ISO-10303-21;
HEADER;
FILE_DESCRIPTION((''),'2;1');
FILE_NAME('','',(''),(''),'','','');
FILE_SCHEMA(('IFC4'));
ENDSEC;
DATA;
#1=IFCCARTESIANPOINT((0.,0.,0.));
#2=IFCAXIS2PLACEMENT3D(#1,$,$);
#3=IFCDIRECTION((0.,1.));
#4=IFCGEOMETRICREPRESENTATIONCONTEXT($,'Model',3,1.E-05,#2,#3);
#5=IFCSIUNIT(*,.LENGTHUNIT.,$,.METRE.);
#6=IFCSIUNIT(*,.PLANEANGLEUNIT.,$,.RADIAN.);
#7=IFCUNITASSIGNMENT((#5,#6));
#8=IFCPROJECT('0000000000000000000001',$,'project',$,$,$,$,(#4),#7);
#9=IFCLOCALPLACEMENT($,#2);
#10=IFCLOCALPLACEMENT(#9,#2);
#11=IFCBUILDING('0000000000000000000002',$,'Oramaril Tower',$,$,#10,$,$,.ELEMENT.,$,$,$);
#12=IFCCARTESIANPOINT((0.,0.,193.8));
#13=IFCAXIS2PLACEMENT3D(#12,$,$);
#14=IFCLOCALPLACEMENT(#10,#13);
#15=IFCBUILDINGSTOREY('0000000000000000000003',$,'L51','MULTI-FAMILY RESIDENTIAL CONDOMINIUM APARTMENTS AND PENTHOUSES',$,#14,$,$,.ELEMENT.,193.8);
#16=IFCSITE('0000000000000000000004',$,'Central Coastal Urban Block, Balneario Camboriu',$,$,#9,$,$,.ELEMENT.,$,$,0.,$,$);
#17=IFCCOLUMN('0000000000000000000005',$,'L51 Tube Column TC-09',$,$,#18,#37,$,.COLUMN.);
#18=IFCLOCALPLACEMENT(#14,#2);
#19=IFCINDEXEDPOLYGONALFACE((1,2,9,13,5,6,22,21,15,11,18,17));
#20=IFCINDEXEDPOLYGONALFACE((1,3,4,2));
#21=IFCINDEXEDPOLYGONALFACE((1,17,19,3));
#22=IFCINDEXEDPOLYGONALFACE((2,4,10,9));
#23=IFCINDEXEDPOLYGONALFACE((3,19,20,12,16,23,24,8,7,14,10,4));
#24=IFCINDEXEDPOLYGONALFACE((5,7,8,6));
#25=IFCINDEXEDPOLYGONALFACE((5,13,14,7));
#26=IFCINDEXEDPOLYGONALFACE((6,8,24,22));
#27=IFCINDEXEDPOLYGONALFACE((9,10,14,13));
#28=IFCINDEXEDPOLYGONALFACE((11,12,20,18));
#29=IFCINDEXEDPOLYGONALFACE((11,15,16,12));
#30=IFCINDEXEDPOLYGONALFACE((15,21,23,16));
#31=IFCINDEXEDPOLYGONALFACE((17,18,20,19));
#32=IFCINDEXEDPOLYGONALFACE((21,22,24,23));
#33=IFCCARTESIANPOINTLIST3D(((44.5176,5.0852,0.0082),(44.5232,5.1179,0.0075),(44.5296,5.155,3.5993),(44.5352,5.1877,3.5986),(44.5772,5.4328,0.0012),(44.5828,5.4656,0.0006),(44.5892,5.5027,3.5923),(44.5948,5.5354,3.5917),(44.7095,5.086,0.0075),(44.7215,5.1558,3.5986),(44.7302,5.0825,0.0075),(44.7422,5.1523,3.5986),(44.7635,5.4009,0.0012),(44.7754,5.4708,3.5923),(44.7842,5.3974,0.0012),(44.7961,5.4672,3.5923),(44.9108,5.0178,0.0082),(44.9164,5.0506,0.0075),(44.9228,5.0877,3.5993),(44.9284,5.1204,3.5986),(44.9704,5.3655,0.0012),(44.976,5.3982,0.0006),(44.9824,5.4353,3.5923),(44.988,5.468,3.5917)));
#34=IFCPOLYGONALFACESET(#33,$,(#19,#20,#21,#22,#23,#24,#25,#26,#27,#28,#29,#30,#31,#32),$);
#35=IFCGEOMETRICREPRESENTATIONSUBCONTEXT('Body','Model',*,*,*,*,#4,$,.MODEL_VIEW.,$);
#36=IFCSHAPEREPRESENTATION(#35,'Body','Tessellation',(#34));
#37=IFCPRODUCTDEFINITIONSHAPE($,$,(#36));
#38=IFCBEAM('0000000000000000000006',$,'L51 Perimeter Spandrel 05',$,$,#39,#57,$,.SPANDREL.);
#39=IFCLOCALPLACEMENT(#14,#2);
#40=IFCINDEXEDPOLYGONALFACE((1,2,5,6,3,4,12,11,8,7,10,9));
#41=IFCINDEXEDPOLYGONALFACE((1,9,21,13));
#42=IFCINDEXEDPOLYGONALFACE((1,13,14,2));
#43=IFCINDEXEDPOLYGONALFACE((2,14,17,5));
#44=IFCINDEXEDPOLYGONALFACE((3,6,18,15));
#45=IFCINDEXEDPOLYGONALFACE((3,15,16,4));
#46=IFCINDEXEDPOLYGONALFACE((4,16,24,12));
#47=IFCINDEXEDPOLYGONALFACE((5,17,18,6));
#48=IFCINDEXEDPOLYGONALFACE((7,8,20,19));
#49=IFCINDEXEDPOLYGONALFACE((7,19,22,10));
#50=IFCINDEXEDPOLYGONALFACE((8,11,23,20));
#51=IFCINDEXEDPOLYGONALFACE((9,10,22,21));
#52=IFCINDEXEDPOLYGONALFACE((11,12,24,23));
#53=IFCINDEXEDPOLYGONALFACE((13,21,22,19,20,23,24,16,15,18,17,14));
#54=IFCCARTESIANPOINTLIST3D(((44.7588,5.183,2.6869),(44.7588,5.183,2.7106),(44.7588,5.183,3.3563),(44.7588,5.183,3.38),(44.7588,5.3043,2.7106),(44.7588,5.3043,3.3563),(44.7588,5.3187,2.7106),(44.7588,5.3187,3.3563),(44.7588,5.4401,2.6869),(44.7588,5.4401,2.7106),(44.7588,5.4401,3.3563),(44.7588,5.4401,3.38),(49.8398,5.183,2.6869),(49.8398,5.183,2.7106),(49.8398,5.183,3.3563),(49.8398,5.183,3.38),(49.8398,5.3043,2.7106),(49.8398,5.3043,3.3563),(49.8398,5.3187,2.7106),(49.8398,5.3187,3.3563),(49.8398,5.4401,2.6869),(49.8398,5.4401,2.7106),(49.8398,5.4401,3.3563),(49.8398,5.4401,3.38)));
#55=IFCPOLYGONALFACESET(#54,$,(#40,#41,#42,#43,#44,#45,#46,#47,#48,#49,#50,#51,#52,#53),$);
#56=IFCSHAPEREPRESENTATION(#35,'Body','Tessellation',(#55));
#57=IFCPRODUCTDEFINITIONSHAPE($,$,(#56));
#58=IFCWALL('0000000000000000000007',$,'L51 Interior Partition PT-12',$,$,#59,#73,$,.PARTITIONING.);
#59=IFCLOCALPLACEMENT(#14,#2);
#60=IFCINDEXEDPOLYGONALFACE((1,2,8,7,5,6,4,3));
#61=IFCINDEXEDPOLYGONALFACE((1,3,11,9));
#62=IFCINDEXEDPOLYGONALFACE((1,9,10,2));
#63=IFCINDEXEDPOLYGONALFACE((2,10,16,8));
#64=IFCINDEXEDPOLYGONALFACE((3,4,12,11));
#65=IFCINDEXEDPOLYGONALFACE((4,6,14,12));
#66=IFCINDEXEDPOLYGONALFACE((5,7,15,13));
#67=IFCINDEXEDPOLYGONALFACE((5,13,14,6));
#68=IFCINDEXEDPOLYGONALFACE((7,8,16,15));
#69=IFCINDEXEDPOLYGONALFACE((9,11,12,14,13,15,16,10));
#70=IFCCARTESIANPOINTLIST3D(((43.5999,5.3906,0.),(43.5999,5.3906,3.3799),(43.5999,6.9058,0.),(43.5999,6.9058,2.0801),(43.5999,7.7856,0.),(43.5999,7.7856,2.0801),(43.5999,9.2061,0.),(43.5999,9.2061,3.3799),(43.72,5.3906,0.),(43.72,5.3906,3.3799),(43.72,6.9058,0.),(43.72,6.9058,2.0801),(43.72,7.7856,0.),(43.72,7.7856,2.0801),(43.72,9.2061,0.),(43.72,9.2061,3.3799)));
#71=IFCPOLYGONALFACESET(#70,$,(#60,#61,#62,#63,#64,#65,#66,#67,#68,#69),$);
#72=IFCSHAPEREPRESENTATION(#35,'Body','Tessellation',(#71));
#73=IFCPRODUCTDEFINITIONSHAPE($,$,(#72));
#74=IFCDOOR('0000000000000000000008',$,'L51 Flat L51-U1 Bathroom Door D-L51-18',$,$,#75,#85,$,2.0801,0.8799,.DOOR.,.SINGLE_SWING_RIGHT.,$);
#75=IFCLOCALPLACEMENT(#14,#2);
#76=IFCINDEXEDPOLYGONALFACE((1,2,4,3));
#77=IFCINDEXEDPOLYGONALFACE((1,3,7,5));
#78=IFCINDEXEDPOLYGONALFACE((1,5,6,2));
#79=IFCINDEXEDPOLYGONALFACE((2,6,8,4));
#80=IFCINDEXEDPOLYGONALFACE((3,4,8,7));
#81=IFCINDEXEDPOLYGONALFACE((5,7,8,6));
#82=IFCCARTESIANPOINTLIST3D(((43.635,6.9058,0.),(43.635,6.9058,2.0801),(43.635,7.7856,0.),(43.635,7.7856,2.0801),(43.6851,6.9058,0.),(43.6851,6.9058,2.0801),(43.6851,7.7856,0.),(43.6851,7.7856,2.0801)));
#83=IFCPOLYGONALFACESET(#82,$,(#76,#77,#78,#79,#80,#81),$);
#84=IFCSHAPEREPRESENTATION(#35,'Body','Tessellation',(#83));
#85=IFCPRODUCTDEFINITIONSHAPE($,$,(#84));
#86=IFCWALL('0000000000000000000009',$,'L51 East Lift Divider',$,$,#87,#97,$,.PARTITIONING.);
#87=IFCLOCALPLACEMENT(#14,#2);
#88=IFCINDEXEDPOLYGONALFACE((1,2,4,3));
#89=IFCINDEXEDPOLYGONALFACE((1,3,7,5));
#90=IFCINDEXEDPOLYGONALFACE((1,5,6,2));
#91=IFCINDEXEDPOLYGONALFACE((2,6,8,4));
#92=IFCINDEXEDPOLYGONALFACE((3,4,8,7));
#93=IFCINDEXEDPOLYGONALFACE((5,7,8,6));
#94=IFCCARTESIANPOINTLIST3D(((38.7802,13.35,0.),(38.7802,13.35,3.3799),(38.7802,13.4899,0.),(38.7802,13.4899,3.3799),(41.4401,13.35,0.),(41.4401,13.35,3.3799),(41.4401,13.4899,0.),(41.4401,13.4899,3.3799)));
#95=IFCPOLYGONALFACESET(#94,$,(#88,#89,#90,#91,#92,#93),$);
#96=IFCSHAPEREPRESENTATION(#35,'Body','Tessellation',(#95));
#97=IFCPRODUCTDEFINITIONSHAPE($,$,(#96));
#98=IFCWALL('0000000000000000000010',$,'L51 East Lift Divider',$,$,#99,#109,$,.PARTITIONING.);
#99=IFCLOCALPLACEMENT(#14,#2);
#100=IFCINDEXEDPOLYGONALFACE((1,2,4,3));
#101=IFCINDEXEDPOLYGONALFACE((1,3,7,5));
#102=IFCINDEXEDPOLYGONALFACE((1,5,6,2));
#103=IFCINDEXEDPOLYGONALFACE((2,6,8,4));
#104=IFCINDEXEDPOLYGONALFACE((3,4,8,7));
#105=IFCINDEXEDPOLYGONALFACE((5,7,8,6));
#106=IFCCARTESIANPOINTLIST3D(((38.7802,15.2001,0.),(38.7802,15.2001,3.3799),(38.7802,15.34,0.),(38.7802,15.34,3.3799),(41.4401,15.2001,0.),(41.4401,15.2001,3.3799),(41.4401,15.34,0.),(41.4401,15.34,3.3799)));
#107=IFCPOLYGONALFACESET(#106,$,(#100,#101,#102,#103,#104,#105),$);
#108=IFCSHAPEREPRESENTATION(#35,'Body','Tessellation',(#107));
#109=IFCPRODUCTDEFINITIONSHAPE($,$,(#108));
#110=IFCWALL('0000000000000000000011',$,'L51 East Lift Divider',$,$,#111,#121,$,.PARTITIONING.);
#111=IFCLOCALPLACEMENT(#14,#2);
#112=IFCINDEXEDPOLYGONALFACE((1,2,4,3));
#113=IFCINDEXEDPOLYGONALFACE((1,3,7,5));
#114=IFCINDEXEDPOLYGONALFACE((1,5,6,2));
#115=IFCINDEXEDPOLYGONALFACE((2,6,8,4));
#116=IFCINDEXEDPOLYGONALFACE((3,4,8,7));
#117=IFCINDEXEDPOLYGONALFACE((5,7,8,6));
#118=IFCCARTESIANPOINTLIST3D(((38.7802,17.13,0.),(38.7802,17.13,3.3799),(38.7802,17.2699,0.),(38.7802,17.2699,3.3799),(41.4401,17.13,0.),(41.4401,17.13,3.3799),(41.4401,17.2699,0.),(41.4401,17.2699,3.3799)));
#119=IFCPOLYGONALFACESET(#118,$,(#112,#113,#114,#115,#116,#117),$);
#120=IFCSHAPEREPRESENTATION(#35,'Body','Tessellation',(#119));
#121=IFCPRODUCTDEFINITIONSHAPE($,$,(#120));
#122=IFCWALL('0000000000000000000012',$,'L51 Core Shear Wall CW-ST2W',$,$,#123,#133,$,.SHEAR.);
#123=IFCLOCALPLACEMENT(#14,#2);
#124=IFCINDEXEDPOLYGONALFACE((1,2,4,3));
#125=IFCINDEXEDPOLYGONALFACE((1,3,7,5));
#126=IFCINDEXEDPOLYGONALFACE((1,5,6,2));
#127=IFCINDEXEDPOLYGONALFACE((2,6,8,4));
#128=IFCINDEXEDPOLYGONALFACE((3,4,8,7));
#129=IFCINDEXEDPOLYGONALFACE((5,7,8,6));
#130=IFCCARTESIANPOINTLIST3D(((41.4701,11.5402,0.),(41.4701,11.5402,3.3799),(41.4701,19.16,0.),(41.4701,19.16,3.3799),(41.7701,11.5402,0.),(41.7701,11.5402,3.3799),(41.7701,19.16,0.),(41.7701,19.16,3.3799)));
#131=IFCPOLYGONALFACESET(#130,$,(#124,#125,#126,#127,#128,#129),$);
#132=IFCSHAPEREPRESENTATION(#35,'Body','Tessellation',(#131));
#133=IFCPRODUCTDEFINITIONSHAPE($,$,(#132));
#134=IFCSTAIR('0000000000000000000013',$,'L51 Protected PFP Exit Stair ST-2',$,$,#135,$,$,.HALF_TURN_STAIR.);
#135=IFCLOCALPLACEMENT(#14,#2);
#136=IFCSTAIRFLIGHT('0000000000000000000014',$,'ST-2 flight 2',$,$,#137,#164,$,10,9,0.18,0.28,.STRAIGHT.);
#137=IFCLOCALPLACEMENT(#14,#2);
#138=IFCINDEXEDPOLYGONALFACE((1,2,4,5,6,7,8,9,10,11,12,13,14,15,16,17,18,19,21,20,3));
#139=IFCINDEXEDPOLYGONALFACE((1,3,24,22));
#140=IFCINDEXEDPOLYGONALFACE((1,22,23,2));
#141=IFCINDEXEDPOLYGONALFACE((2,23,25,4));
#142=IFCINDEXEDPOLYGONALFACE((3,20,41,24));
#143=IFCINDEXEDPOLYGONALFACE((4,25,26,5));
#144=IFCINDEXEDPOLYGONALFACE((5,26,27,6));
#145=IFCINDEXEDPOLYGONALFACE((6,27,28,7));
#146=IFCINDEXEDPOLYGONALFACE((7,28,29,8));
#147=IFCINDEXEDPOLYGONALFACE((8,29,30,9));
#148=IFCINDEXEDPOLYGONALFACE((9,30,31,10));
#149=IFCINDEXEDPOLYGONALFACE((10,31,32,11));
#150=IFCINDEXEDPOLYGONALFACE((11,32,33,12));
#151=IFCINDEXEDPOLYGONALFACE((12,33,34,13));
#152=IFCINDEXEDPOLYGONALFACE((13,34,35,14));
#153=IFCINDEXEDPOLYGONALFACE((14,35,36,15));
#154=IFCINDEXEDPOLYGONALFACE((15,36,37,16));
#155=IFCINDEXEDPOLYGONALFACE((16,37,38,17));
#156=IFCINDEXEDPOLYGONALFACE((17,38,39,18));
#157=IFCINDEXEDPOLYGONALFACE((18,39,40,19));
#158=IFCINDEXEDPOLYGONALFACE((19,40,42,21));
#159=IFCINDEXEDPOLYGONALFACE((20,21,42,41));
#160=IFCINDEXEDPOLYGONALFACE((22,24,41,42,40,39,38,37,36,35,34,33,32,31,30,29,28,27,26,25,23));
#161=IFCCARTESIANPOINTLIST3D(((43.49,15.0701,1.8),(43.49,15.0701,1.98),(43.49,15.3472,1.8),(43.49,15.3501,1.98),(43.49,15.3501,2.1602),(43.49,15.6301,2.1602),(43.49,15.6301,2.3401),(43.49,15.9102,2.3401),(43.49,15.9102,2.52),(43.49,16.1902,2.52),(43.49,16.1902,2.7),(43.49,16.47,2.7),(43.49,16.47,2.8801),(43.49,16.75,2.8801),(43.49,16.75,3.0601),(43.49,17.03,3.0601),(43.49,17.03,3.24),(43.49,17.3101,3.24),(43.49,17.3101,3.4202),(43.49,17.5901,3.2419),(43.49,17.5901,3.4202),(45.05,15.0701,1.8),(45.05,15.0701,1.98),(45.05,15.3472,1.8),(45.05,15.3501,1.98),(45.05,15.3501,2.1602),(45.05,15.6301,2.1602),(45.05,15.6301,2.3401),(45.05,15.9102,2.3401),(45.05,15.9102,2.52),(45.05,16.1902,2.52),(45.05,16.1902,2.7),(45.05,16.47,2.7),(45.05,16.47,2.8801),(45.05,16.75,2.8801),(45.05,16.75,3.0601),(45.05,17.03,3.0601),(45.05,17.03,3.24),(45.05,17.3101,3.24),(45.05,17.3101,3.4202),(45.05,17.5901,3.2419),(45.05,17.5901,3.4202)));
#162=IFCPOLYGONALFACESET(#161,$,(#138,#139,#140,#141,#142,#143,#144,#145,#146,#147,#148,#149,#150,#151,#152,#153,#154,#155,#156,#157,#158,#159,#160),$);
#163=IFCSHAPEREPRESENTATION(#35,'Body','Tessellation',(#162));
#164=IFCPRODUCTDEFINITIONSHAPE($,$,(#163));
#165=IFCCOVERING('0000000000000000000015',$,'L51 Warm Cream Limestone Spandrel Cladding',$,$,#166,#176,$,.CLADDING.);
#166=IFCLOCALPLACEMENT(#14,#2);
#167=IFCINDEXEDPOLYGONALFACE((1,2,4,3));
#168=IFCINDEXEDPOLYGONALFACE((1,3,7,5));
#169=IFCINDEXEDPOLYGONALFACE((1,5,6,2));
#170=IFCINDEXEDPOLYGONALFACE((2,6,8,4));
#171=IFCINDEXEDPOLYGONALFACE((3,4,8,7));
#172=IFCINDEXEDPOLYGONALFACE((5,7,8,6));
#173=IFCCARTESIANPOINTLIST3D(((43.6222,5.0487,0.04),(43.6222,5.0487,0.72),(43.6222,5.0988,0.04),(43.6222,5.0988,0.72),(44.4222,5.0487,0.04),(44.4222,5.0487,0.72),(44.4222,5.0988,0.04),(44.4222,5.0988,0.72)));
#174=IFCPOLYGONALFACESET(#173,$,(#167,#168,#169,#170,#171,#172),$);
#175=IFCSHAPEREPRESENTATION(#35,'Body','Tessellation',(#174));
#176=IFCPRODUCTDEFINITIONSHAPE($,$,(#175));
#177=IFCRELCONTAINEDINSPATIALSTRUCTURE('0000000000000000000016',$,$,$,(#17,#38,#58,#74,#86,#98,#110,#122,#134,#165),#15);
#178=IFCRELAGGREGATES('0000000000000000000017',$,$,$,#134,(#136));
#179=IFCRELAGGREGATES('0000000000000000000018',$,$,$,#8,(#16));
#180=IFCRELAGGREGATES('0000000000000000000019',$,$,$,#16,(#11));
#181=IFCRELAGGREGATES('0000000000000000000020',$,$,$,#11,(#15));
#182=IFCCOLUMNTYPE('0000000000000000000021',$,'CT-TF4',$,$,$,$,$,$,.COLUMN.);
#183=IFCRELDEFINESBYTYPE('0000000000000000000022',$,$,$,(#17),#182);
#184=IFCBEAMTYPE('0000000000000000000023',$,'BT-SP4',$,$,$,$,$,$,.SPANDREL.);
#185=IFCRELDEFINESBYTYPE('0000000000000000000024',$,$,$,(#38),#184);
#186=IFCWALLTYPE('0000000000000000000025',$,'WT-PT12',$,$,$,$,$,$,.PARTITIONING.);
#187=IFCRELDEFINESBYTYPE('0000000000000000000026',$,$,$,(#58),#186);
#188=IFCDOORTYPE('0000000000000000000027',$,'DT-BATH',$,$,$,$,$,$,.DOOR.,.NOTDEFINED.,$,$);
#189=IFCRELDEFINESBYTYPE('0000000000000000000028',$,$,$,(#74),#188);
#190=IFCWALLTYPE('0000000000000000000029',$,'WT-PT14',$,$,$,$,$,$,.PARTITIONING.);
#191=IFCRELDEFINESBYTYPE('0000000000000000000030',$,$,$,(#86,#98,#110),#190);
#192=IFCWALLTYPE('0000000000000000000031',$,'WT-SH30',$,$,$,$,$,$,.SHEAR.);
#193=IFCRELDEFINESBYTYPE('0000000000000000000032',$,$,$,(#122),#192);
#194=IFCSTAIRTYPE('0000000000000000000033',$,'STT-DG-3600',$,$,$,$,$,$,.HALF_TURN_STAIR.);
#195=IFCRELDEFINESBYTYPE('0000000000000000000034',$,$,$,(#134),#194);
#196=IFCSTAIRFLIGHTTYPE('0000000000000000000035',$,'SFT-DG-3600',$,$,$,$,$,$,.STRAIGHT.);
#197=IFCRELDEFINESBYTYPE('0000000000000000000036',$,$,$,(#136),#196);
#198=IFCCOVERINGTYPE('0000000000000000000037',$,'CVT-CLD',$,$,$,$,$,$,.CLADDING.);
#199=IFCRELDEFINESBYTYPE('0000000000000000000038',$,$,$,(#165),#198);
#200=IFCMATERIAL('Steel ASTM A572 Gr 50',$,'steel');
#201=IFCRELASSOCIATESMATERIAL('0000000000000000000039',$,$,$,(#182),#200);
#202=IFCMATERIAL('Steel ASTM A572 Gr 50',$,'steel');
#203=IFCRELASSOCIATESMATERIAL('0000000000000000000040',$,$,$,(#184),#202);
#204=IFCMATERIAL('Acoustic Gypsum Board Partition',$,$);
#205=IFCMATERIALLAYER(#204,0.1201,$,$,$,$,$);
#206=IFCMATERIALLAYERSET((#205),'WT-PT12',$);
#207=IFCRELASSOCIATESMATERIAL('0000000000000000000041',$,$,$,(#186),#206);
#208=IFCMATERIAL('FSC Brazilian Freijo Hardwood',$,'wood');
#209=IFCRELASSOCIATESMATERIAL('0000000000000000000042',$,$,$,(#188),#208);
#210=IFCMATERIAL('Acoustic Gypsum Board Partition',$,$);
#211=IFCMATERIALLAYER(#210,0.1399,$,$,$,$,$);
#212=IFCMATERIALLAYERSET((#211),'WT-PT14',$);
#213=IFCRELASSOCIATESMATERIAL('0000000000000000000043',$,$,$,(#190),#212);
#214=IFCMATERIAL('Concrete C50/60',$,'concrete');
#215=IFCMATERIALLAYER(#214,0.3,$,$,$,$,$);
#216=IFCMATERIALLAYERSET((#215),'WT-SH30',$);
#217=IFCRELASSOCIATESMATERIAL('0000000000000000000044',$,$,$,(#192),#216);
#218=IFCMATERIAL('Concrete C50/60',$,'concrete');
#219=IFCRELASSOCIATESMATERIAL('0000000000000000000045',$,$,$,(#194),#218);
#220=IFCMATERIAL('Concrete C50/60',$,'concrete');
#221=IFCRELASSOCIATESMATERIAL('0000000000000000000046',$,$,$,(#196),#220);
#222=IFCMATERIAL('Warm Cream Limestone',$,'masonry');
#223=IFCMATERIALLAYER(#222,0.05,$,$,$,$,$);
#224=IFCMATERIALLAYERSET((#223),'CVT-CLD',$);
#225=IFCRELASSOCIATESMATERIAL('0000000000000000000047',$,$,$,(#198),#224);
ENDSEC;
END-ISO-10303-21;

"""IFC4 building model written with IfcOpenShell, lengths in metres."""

from ifc_helpers import new_model, si_unit, direction, frame, frame_2d, origin, origin_2d, place, context, subcontext, project, spatial, polyline, rectangle, i_section, outline, extrude, material, layer, layer_set, material_profile, profile_set, type_object, element, fill, aggregate, save


model = new_model("IFC4")

# Units and contexts
model_context = context("Model", 3, precision=1e-05, world=origin(), true_north=direction((0.0, 1.0)))
body_context = subcontext(model_context, "Body", "Model", "MODEL_VIEW")
ifc_project = project(units=[si_unit("LENGTHUNIT", "METRE"), si_unit("PLANEANGLEUNIT", "RADIAN")], contexts=[model_context])

# Site, building, storey
site_placement = place(None, origin())
site = spatial("IfcSite", under=ifc_project, at=site_placement, Name="Central Coastal Urban Block, Balneario Camboriu", CompositionType="ELEMENT", RefElevation=0.0)
building_placement = place(site_placement, origin())
building = spatial("IfcBuilding", under=site, at=building_placement, Name="Oramaril Tower", CompositionType="ELEMENT")
storey_placement = place(building_placement, frame((0.0, 0.0, 193.8)))
storey = spatial("IfcBuildingStorey", under=building, at=storey_placement, Name="L51", Description="MULTI-FAMILY RESIDENTIAL CONDOMINIUM APARTMENTS AND PENTHOUSES", CompositionType="ELEMENT", Elevation=193.8)

# Column
ifc_material_1 = material(Name="Steel ASTM A572 Gr 50", Category="steel")
ifc_material_profile_1 = material_profile(ifc_material_1, i_section(OverallWidth=0.3989, OverallDepth=0.386, WebThickness=0.021, FlangeThickness=0.0332, at=origin_2d()), Name="W14X176")
ifc_profile_set_1 = profile_set([ifc_material_profile_1], Name="Steel ASTM A572 Gr 50")
column_type = type_object("IfcColumnType", Name="CT-TF4", PredefinedType="COLUMN", material=ifc_profile_set_1)
column_placement = place(storey_placement, frame((44.7468, 5.2417, 0.0044), z_axis=(0.003331, 0.01944, 0.999805), x_axis=(-0.985639, 0.168868, 0.0)))
element("IfcColumn", 1, at=column_placement, inside=storey, type_object=column_type, Name="L51 Tube Column TC-09", PredefinedType="COLUMN", context=body_context, shape_type="SweptSolid", body=[
    extrude(i_section(OverallWidth=0.3989, OverallDepth=0.386, WebThickness=0.021, FlangeThickness=0.0332, at=origin_2d()), origin(), (0.0, 0.0, 1.0), 3.5918),
])

# Beam
ifc_material_2 = material(Name="Steel ASTM A572 Gr 50", Category="steel")
ifc_material_profile_2 = material_profile(ifc_material_2, i_section(OverallWidth=0.2571, OverallDepth=0.6931, WebThickness=0.0144, FlangeThickness=0.0237, at=origin_2d()), Name="W27X114")
ifc_profile_set_2 = profile_set([ifc_material_profile_2], Name="Steel ASTM A572 Gr 50")
beam_type = type_object("IfcBeamType", Name="BT-SP4", PredefinedType="SPANDREL", material=ifc_profile_set_2)
beam_placement = place(storey_placement, frame((44.7588, 5.3115, 3.0334), z_axis=(1.0, 0.0, 0.0), x_axis=(0.0, 1.0, 0.0)))
element("IfcBeam", 2, at=beam_placement, inside=storey, type_object=beam_type, Name="L51 Perimeter Spandrel 05", PredefinedType="SPANDREL", context=body_context, shape_type="SweptSolid", body=[
    extrude(i_section(OverallWidth=0.2571, OverallDepth=0.6931, WebThickness=0.0144, FlangeThickness=0.0237, at=origin_2d()), origin(), (0.0, 0.0, 1.0), 5.0811),
])

# Wall, opening, door
ifc_material_3 = material(Name="Acoustic Gypsum Board Partition")
ifc_layer_1 = layer(ifc_material_3, 0.1201)
ifc_layer_set_1 = layer_set([ifc_layer_1], Name="WT-PT12")
wall_type_1 = type_object("IfcWallType", Name="WT-PT12", PredefinedType="PARTITIONING", material=ifc_layer_set_1)
wall_1_placement = place(storey_placement, frame((43.6599, 5.3906, 0.0), z_axis=(0.0, 0.0, 1.0), x_axis=(0.0, 1.0, 0.0)))
wall_1 = element("IfcWall", 3, at=wall_1_placement, inside=storey, type_object=wall_type_1, Name="L51 Interior Partition PT-12", PredefinedType="PARTITIONING", context=body_context, shape_type="SweptSolid", body=[
    extrude(rectangle(XDim=3.8154, YDim=0.1201, at=frame_2d((1.9077, 0.0))), origin(), (0.0, 0.0, 1.0), 3.3799),
])
opening_1_placement = place(wall_1_placement, frame((1.5151, 0.0, 0.0)))
opening_1 = element("IfcOpeningElement", 4, at=opening_1_placement, cuts=wall_1, PredefinedType="OPENING", context=body_context, shape_type="SweptSolid", body=[
    extrude(rectangle(XDim=0.8799, YDim=2.0801, at=frame_2d((0.4399, 1.04))), frame((0.0, 0.0601, 0.0), z_axis=(0.0, -1.0, 0.0), x_axis=(1.0, 0.0, 0.0)), (0.0, 0.0, 1.0), 0.1201),
])
ifc_material_4 = material(Name="FSC Brazilian Freijo Hardwood", Category="wood")
door_type_1 = type_object("IfcDoorType", Name="DT-BATH", OperationType="NOTDEFINED", PredefinedType="DOOR", material=ifc_material_4)
door_1_placement = place(opening_1_placement, origin())
door_1 = element("IfcDoor", 5, at=door_1_placement, inside=storey, type_object=door_type_1, Name="L51 Flat L51-U1 Bathroom Door D-L51-18", OperationType="SINGLE_SWING_RIGHT", OverallHeight=2.0801, OverallWidth=0.8799, PredefinedType="DOOR", context=body_context, shape_type="SweptSolid", body=[
    extrude(rectangle(XDim=0.8799, YDim=2.0801, at=frame_2d((0.4399, 1.04))), frame((0.0, 0.0249, 0.0), z_axis=(0.0, -1.0, 0.0), x_axis=(1.0, 0.0, 0.0)), (0.0, 0.0, 1.0), 0.05),
])
fill(opening_1, door_1)

# Walls
ifc_material_5 = material(Name="Acoustic Gypsum Board Partition")
ifc_layer_2 = layer(ifc_material_5, 0.1399)
ifc_layer_set_2 = layer_set([ifc_layer_2], Name="WT-PT14")
wall_type_2 = type_object("IfcWallType", Name="WT-PT14", PredefinedType="PARTITIONING", material=ifc_layer_set_2)
for number, where, z_axis, x_axis, name in (
    (6, (38.78, 13.4199, 0.0), (0.0, 0.0, 1.0), (1.0, 0.0, 0.0), "L51 East Lift Divider"),
    (7, (38.78, 15.27, 0.0), (0.0, 0.0, 1.0), (1.0, 0.0, 0.0), "L51 East Lift Divider"),
    (8, (38.78, 17.2, 0.0), (0.0, 0.0, 1.0), (1.0, 0.0, 0.0), "L51 East Lift Divider"),
):
    element("IfcWall", number, at=place(storey_placement, frame(where, z_axis=z_axis, x_axis=x_axis)), inside=storey, type_object=wall_type_2, Name=name, PredefinedType="PARTITIONING", context=body_context, shape_type="SweptSolid", body=[
        extrude(rectangle(XDim=2.6599, YDim=0.1399, at=frame_2d((1.3301, 0.0))), origin(), (0.0, 0.0, 1.0), 3.3799),
    ])
ifc_material_6 = material(Name="Concrete C50/60", Category="concrete")
ifc_layer_3 = layer(ifc_material_6, 0.3)
ifc_layer_set_3 = layer_set([ifc_layer_3], Name="WT-SH30")
wall_type_3 = type_object("IfcWallType", Name="WT-SH30", PredefinedType="SHEAR", material=ifc_layer_set_3)
wall_2_placement = place(storey_placement, frame((41.6201, 11.54, 0.0), z_axis=(0.0, 0.0, 1.0), x_axis=(0.0, 1.0, 0.0)))
element("IfcWall", 9, at=wall_2_placement, inside=storey, type_object=wall_type_3, Name="L51 Core Shear Wall CW-ST2W", PredefinedType="SHEAR", context=body_context, shape_type="SweptSolid", body=[
    extrude(rectangle(XDim=7.6199, YDim=0.3, at=frame_2d((3.8101, 0.0))), origin(), (0.0, 0.0, 1.0), 3.3799),
])

# Stair, stair flight
ifc_material_7 = material(Name="Concrete C50/60", Category="concrete")
stair_type = type_object("IfcStairType", Name="STT-DG-3600", PredefinedType="HALF_TURN_STAIR", material=ifc_material_7)
stair_placement = place(storey_placement, origin())
stair = element("IfcStair", 10, at=stair_placement, inside=storey, type_object=stair_type, Name="L51 Protected PFP Exit Stair ST-2", PredefinedType="HALF_TURN_STAIR")
ifc_material_8 = material(Name="Concrete C50/60", Category="concrete")
stair_flight_type = type_object("IfcStairFlightType", Name="SFT-DG-3600", PredefinedType="STRAIGHT", material=ifc_material_8)
stair_flight_placement = place(storey_placement, frame((44.27, 15.0701, 1.8), z_axis=(0.0, 0.0, 1.0), x_axis=(0.0, 1.0, 0.0)))
stair_flight = element("IfcStairFlight", 11, at=stair_flight_placement, type_object=stair_flight_type, Name="ST-2 flight 2", NumberOfRisers=10, NumberOfTreads=9, PredefinedType="STRAIGHT", RiserHeight=0.18, TreadLength=0.28, context=body_context, shape_type="SweptSolid", body=[
    extrude(outline(polyline([(0.0, 0.0), (0.0, 0.1799), (0.28, 0.1799), (0.28, 0.3601), (0.5601, 0.3601), (0.5601, 0.54), (0.8401, 0.54), (0.8401, 0.72), (1.1201, 0.72), (1.1201, 0.8999), (1.3999, 0.8999), (1.3999, 1.0801), (1.6799, 1.0801), (1.6799, 1.26), (1.96, 1.26), (1.96, 1.4399), (2.24, 1.4399), (2.24, 1.6201), (2.52, 1.6201), (2.52, 1.8), (2.52, 1.4419), (0.2771, 0.0), (0.0, 0.0)])), frame((0.0, 0.78, 0.0), z_axis=(0.0, -1.0, 0.0), x_axis=(1.0, 0.0, 0.0)), (0.0, 0.0, 1.0), 1.5601),
])
aggregate(stair, [stair_flight])

# Covering
ifc_material_9 = material(Name="Warm Cream Limestone", Category="masonry")
ifc_layer_4 = layer(ifc_material_9, 0.05)
ifc_layer_set_4 = layer_set([ifc_layer_4], Name="CVT-CLD")
covering_type = type_object("IfcCoveringType", Name="CVT-CLD", PredefinedType="CLADDING", material=ifc_layer_set_4)
covering_placement = place(storey_placement, frame((44.0222, 5.0737, 0.04), z_axis=(0.0, 0.0, 1.0), x_axis=(1.0, 0.0, 0.0)))
element("IfcCovering", 12, at=covering_placement, inside=storey, type_object=covering_type, Name="L51 Warm Cream Limestone Spandrel Cladding", PredefinedType="CLADDING", context=body_context, shape_type="SweptSolid", body=[
    extrude(rectangle(XDim=0.8, YDim=0.05, at=origin_2d()), origin(), (0.0, 0.0, 1.0), 0.6799),
])

save(model, "model.ifc")
